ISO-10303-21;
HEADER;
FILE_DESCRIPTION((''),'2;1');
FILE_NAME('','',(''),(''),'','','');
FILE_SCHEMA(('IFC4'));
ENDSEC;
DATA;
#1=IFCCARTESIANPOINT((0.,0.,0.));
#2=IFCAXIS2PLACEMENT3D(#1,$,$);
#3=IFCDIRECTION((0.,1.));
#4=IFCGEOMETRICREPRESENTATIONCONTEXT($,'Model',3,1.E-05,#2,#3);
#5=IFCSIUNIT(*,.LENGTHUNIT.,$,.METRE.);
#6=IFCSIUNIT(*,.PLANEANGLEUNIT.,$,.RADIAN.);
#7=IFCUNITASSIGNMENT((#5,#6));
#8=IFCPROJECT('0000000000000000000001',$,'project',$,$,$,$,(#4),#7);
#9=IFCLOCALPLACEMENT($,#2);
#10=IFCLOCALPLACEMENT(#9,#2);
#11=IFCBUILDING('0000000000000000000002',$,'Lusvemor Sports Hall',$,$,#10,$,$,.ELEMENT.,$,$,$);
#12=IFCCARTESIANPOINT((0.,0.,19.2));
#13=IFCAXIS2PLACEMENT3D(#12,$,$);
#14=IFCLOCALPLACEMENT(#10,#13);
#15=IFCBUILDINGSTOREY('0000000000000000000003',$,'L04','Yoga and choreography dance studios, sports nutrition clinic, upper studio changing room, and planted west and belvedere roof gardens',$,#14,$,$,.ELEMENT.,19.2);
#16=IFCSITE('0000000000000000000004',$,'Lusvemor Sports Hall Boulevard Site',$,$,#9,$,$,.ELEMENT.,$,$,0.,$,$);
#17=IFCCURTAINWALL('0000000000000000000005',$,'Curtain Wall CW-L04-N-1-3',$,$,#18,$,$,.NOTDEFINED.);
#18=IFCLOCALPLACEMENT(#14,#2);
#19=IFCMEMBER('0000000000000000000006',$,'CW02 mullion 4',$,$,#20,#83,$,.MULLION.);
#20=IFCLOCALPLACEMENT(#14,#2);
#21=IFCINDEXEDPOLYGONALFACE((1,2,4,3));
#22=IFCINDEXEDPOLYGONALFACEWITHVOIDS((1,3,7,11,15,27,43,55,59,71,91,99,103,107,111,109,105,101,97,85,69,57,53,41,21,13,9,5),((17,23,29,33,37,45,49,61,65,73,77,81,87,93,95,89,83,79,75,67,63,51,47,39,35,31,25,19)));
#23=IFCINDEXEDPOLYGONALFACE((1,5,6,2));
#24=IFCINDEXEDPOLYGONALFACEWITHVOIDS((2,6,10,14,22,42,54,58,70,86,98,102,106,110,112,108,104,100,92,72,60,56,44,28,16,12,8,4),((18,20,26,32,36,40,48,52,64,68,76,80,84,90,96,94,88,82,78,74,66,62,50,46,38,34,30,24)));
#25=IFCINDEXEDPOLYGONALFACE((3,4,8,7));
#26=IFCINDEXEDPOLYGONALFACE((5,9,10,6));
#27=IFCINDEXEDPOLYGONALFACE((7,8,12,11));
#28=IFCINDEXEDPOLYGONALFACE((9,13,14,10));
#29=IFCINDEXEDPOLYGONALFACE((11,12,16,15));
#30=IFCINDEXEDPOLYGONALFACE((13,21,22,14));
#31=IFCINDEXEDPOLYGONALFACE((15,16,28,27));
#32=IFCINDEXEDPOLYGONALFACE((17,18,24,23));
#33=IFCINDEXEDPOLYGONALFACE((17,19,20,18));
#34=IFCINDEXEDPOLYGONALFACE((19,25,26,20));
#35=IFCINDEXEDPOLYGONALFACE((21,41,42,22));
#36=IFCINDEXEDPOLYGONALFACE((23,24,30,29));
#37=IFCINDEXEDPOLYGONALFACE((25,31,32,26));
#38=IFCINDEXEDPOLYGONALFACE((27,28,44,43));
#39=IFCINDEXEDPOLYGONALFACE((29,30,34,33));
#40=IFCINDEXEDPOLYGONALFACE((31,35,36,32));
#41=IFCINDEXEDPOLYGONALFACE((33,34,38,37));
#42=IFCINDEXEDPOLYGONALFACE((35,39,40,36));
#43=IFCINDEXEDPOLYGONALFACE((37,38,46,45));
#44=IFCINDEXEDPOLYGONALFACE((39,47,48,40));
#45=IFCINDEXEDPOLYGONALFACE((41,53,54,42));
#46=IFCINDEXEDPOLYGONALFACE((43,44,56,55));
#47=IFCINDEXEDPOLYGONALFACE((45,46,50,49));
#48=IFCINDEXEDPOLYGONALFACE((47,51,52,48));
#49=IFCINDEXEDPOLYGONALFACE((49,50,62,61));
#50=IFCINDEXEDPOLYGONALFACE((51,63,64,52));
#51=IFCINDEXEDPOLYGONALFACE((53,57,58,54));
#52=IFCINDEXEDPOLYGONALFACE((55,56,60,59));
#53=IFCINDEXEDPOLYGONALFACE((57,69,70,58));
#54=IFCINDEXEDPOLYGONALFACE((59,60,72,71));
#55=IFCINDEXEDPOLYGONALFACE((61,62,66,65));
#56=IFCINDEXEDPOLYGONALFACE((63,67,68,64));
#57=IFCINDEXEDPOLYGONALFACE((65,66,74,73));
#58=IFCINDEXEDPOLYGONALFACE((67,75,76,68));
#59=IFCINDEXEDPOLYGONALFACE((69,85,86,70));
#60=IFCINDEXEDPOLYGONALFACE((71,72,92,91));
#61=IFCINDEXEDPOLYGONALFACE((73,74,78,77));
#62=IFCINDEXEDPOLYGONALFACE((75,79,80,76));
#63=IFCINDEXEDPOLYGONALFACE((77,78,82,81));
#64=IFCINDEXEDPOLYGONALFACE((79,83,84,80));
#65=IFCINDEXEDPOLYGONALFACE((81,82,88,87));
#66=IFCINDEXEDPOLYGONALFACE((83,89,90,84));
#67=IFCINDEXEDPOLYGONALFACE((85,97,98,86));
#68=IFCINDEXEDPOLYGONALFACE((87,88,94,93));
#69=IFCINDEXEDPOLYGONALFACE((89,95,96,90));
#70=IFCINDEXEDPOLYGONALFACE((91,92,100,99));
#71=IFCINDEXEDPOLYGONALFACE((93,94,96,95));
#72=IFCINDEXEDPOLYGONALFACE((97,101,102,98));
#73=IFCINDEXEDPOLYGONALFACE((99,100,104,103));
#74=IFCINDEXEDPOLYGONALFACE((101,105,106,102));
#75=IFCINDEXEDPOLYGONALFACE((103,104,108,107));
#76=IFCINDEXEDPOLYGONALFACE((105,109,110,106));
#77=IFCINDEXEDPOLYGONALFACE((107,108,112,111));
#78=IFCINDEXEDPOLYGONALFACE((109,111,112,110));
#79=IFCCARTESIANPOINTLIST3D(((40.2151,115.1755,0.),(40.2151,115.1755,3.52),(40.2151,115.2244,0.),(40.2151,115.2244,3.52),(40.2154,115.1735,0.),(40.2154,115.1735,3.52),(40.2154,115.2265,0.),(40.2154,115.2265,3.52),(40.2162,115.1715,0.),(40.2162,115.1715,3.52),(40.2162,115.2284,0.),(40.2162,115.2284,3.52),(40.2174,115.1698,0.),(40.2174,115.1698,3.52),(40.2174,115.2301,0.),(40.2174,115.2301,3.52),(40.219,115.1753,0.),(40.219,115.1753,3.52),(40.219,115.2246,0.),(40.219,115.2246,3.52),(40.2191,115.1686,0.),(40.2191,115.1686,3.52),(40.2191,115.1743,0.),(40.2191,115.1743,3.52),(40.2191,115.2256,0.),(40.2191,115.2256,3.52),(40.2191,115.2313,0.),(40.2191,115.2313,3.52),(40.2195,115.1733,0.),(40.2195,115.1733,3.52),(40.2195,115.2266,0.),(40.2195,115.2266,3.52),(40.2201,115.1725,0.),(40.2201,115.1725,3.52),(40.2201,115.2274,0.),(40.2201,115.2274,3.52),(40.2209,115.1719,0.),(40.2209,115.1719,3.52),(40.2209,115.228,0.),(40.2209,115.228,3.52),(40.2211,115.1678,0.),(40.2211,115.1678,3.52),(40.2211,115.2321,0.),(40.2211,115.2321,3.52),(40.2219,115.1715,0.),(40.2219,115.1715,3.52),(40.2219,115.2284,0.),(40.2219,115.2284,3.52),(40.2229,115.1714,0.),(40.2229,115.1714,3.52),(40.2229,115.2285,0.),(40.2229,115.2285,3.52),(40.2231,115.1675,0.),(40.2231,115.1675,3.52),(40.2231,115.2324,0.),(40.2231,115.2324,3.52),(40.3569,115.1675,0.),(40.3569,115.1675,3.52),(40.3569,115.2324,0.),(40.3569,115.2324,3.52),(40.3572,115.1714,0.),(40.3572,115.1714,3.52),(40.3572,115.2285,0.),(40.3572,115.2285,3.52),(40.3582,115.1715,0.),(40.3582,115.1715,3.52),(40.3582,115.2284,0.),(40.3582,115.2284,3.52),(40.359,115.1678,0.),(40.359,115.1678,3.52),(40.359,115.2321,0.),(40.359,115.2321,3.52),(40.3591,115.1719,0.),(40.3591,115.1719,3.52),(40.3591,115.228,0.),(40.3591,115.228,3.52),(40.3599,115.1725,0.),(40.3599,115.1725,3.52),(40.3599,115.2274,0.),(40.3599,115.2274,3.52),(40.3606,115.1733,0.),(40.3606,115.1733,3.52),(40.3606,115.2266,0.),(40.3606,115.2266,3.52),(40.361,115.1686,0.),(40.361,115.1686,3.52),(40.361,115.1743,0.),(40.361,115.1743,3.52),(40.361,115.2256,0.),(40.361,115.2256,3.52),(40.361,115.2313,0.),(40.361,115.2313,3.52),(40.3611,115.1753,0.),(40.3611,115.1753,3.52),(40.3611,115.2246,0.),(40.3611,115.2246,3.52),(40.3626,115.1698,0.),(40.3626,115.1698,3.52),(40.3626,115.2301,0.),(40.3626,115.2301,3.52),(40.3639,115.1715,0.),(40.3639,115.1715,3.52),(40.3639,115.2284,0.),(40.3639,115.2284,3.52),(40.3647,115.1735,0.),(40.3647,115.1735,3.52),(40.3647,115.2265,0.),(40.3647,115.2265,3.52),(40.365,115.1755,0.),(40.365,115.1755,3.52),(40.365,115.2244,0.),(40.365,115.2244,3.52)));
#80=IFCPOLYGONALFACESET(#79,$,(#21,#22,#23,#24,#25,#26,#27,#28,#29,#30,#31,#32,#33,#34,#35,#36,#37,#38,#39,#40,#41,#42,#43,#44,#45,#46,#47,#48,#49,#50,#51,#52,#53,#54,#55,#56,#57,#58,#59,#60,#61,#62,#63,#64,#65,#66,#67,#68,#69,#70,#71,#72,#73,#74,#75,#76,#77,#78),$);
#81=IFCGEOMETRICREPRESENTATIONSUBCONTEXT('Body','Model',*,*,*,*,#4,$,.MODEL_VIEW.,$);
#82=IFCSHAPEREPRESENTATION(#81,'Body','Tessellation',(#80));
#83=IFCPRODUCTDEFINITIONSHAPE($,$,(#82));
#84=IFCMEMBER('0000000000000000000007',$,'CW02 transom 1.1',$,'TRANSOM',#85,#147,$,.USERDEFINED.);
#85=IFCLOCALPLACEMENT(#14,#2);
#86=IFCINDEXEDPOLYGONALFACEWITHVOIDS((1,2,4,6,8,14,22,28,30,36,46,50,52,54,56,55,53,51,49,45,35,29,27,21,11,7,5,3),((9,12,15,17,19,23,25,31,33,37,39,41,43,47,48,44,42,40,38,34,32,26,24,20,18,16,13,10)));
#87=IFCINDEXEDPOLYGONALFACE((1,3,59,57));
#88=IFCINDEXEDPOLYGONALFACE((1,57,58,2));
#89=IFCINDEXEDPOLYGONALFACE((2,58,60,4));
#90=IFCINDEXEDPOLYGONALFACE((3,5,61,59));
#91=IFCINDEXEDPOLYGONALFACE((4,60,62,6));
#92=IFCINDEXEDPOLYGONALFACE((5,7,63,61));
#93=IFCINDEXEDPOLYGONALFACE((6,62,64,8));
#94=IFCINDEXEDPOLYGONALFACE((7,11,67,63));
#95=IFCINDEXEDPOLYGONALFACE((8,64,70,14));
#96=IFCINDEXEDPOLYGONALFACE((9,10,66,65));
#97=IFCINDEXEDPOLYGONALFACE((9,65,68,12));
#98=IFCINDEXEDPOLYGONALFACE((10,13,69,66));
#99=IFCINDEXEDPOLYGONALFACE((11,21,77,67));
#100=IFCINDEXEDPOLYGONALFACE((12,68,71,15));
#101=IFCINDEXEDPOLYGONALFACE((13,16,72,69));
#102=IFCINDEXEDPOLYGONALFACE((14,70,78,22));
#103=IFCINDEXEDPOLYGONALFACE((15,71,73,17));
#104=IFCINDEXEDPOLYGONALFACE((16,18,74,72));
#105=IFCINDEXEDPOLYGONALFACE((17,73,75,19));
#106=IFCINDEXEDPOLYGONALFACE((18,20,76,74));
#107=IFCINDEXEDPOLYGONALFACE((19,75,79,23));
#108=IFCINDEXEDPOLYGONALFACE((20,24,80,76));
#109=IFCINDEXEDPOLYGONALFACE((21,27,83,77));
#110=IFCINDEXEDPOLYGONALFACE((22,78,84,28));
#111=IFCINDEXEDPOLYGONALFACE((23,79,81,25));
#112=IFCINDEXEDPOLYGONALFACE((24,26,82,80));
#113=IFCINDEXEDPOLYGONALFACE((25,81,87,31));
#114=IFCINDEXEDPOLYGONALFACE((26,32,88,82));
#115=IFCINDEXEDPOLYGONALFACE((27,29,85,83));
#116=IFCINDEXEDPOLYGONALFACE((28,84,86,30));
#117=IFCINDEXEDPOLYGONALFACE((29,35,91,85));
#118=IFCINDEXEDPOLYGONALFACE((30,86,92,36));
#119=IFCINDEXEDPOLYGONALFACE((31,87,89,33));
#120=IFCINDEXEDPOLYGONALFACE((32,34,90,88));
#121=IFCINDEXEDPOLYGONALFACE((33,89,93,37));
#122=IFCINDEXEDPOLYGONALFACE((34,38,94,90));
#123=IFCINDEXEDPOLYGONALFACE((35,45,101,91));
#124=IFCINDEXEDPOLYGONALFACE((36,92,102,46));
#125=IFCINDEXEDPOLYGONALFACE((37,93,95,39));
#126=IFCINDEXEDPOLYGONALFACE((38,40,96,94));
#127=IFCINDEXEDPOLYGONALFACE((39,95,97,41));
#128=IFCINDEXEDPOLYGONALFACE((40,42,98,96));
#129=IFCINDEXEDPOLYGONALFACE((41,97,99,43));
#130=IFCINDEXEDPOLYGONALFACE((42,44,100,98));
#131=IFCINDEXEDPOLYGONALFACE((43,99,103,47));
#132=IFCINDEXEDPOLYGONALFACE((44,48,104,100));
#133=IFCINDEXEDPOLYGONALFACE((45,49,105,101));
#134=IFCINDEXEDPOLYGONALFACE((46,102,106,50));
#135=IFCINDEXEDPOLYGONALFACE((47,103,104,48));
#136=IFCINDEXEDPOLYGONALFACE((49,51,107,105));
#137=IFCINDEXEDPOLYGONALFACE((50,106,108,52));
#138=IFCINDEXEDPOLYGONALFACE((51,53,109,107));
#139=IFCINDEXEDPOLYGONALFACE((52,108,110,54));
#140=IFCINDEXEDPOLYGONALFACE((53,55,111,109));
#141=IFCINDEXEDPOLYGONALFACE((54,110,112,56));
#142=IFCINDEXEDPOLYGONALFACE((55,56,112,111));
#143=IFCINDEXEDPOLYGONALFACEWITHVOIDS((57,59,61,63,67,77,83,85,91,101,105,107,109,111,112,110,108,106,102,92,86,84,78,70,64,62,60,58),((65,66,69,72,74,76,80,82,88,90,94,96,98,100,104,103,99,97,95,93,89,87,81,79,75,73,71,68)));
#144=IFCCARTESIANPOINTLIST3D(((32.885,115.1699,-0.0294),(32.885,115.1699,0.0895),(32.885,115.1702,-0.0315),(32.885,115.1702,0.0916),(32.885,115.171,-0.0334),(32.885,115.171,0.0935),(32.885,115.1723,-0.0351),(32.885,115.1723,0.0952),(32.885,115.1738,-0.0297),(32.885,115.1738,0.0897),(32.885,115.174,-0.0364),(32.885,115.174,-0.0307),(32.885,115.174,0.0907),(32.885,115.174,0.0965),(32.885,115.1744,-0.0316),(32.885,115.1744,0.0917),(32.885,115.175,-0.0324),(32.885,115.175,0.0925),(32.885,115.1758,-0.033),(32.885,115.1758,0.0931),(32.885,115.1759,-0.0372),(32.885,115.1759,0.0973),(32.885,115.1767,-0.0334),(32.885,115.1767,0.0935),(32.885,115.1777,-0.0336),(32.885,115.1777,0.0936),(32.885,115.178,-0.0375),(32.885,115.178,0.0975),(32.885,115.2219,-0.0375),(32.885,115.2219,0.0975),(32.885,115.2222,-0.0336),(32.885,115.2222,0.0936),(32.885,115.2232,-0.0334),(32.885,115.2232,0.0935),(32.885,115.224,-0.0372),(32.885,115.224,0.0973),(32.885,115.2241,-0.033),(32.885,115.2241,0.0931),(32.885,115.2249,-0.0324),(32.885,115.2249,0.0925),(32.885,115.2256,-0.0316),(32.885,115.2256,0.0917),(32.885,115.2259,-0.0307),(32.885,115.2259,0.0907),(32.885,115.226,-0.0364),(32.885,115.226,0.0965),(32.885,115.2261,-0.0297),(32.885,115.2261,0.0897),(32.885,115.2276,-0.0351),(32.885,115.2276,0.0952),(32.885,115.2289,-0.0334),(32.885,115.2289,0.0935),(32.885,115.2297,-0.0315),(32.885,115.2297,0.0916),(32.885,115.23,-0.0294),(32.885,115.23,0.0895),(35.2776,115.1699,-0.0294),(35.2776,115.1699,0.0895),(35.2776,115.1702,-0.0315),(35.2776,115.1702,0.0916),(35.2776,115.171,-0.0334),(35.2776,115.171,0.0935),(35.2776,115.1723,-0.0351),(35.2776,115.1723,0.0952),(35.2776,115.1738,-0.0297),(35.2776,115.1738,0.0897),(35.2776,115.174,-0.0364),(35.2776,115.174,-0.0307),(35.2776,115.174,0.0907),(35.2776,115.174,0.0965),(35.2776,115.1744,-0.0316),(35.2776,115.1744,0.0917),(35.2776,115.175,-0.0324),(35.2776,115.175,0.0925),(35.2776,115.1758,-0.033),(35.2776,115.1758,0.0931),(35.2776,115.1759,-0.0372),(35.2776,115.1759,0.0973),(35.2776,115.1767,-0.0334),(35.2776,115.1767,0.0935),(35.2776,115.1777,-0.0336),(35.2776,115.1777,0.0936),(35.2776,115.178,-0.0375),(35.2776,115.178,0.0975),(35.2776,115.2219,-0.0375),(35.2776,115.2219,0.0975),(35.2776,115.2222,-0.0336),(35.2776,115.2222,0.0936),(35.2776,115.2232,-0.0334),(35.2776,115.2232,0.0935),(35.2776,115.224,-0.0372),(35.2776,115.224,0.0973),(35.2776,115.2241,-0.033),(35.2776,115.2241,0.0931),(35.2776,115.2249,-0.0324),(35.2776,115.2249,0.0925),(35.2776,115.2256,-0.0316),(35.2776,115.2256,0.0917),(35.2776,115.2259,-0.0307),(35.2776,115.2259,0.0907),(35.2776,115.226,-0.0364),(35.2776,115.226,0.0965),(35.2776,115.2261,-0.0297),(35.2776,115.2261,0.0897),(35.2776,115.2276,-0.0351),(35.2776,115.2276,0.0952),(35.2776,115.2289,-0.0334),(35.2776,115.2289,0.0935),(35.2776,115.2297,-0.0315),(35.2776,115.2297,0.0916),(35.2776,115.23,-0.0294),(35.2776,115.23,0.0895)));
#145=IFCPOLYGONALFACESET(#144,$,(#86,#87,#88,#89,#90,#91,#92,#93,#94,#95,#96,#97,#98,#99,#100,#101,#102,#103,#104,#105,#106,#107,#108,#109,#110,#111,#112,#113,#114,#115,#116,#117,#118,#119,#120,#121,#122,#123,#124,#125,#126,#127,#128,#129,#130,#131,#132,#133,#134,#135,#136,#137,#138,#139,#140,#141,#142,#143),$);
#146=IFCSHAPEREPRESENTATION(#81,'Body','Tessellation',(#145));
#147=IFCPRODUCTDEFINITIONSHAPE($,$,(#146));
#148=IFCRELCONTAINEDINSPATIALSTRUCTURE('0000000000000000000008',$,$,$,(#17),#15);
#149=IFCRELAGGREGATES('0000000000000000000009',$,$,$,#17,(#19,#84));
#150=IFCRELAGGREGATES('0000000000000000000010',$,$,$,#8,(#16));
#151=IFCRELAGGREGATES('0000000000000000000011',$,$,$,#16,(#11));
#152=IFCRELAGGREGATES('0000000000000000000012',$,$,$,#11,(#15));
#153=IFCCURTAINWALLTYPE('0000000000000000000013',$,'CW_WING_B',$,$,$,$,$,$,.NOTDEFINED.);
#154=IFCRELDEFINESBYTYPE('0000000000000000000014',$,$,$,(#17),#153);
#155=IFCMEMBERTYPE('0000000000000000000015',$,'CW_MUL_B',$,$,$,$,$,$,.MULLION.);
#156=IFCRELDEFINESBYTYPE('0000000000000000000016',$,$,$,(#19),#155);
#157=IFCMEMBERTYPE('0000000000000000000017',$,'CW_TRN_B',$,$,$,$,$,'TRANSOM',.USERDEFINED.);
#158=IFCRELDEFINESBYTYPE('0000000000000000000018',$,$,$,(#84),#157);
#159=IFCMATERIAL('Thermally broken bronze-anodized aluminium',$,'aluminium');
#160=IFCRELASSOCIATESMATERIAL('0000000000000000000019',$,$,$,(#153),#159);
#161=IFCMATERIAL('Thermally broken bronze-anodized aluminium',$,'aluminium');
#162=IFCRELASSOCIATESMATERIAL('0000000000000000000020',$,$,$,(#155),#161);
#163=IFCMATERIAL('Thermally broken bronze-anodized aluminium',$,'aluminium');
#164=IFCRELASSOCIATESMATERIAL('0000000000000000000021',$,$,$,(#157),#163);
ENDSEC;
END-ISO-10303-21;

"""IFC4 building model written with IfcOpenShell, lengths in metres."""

from ifc_helpers import new_model, si_unit, direction, frame, origin, origin_2d, place, context, subcontext, project, spatial, hollow_rectangle, extrude, material, material_profile, profile_set, type_object, element, aggregate, save


model = new_model("IFC4")

# Units and contexts
model_context = context("Model", 3, precision=1e-05, world=origin(), true_north=direction((0.0, 1.0)))
body_context = subcontext(model_context, "Body", "Model", "MODEL_VIEW")
ifc_project = project(units=[si_unit("LENGTHUNIT", "METRE"), si_unit("PLANEANGLEUNIT", "RADIAN")], contexts=[model_context])

# Site, building, storey
site_placement = place(None, origin())
site = spatial("IfcSite", under=ifc_project, at=site_placement, Name="Lusvemor Sports Hall Boulevard Site", CompositionType="ELEMENT", RefElevation=0.0)
building_placement = place(site_placement, origin())
building = spatial("IfcBuilding", under=site, at=building_placement, Name="Lusvemor Sports Hall", CompositionType="ELEMENT")
storey_placement = place(building_placement, frame((0.0, 0.0, 19.2)))
storey = spatial("IfcBuildingStorey", under=building, at=storey_placement, Name="L04", Description="Yoga and choreography dance studios, sports nutrition clinic, upper studio changing room, and planted west and belvedere roof gardens", CompositionType="ELEMENT", Elevation=19.2)

# Curtain wall, members
ifc_material_1 = material(Name="Thermally broken bronze-anodized aluminium", Category="aluminium")
curtain_wall_type_1 = type_object("IfcCurtainWallType", Name="CW_WING_B", PredefinedType="NOTDEFINED", material=ifc_material_1)
curtain_wall_1_placement = place(storey_placement, origin())
curtain_wall_1 = element("IfcCurtainWall", 1, at=curtain_wall_1_placement, inside=storey, type_object=curtain_wall_type_1, Name="Curtain Wall CW-L04-N-1-3", PredefinedType="NOTDEFINED")
ifc_material_2 = material(Name="Thermally broken bronze-anodized aluminium", Category="aluminium")
ifc_material_profile_1 = material_profile(ifc_material_2, hollow_rectangle(XDim=0.0649, YDim=0.1499, WallThickness=0.0039, InnerFilletRadius=0.0039, OuterFilletRadius=0.0081, at=origin_2d()), Name="CWMUL150x65x4")
ifc_profile_set_1 = profile_set([ifc_material_profile_1], Name="Thermally broken bronze-anodized aluminium")
member_type_1 = type_object("IfcMemberType", Name="CW_MUL_B", PredefinedType="MULLION", material=ifc_profile_set_1)
member_1_placement = place(storey_placement, frame((40.29, 115.2, 0.0), z_axis=(0.0, 0.0, 1.0), x_axis=(0.0, 1.0, 0.0)))
member_1 = element("IfcMember", 2, at=member_1_placement, type_object=member_type_1, Name="CW02 mullion 4", PredefinedType="MULLION", context=body_context, shape_type="SweptSolid", body=[
    extrude(hollow_rectangle(XDim=0.0649, YDim=0.1499, WallThickness=0.0039, InnerFilletRadius=0.0039, OuterFilletRadius=0.0081, at=origin_2d()), origin(), (0.0, 0.0, 1.0), 3.52),
])
ifc_material_3 = material(Name="Thermally broken bronze-anodized aluminium", Category="aluminium")
ifc_material_profile_2 = material_profile(ifc_material_3, hollow_rectangle(XDim=0.0601, YDim=0.135, WallThickness=0.0039, InnerFilletRadius=0.0039, OuterFilletRadius=0.0081, at=origin_2d()), Name="CWTRN135x60x4")
ifc_profile_set_2 = profile_set([ifc_material_profile_2], Name="Thermally broken bronze-anodized aluminium")
member_type_2 = type_object("IfcMemberType", Name="CW_TRN_B", ElementType="TRANSOM", PredefinedType="USERDEFINED", material=ifc_profile_set_2)
member_2_placement = place(storey_placement, frame((32.885, 115.2, 0.03), z_axis=(1.0, 0.0, 0.0), x_axis=(0.0, 1.0, 0.0)))
member_2 = element("IfcMember", 3, at=member_2_placement, type_object=member_type_2, Name="CW02 transom 1.1", ObjectType="TRANSOM", PredefinedType="USERDEFINED", context=body_context, shape_type="SweptSolid", body=[
    extrude(hollow_rectangle(XDim=0.0601, YDim=0.135, WallThickness=0.0039, InnerFilletRadius=0.0039, OuterFilletRadius=0.0081, at=origin_2d()), origin(), (0.0, 0.0, 1.0), 2.3926),
])

aggregate(curtain_wall_1, [member_1, member_2])

save(model, "model.ifc")
